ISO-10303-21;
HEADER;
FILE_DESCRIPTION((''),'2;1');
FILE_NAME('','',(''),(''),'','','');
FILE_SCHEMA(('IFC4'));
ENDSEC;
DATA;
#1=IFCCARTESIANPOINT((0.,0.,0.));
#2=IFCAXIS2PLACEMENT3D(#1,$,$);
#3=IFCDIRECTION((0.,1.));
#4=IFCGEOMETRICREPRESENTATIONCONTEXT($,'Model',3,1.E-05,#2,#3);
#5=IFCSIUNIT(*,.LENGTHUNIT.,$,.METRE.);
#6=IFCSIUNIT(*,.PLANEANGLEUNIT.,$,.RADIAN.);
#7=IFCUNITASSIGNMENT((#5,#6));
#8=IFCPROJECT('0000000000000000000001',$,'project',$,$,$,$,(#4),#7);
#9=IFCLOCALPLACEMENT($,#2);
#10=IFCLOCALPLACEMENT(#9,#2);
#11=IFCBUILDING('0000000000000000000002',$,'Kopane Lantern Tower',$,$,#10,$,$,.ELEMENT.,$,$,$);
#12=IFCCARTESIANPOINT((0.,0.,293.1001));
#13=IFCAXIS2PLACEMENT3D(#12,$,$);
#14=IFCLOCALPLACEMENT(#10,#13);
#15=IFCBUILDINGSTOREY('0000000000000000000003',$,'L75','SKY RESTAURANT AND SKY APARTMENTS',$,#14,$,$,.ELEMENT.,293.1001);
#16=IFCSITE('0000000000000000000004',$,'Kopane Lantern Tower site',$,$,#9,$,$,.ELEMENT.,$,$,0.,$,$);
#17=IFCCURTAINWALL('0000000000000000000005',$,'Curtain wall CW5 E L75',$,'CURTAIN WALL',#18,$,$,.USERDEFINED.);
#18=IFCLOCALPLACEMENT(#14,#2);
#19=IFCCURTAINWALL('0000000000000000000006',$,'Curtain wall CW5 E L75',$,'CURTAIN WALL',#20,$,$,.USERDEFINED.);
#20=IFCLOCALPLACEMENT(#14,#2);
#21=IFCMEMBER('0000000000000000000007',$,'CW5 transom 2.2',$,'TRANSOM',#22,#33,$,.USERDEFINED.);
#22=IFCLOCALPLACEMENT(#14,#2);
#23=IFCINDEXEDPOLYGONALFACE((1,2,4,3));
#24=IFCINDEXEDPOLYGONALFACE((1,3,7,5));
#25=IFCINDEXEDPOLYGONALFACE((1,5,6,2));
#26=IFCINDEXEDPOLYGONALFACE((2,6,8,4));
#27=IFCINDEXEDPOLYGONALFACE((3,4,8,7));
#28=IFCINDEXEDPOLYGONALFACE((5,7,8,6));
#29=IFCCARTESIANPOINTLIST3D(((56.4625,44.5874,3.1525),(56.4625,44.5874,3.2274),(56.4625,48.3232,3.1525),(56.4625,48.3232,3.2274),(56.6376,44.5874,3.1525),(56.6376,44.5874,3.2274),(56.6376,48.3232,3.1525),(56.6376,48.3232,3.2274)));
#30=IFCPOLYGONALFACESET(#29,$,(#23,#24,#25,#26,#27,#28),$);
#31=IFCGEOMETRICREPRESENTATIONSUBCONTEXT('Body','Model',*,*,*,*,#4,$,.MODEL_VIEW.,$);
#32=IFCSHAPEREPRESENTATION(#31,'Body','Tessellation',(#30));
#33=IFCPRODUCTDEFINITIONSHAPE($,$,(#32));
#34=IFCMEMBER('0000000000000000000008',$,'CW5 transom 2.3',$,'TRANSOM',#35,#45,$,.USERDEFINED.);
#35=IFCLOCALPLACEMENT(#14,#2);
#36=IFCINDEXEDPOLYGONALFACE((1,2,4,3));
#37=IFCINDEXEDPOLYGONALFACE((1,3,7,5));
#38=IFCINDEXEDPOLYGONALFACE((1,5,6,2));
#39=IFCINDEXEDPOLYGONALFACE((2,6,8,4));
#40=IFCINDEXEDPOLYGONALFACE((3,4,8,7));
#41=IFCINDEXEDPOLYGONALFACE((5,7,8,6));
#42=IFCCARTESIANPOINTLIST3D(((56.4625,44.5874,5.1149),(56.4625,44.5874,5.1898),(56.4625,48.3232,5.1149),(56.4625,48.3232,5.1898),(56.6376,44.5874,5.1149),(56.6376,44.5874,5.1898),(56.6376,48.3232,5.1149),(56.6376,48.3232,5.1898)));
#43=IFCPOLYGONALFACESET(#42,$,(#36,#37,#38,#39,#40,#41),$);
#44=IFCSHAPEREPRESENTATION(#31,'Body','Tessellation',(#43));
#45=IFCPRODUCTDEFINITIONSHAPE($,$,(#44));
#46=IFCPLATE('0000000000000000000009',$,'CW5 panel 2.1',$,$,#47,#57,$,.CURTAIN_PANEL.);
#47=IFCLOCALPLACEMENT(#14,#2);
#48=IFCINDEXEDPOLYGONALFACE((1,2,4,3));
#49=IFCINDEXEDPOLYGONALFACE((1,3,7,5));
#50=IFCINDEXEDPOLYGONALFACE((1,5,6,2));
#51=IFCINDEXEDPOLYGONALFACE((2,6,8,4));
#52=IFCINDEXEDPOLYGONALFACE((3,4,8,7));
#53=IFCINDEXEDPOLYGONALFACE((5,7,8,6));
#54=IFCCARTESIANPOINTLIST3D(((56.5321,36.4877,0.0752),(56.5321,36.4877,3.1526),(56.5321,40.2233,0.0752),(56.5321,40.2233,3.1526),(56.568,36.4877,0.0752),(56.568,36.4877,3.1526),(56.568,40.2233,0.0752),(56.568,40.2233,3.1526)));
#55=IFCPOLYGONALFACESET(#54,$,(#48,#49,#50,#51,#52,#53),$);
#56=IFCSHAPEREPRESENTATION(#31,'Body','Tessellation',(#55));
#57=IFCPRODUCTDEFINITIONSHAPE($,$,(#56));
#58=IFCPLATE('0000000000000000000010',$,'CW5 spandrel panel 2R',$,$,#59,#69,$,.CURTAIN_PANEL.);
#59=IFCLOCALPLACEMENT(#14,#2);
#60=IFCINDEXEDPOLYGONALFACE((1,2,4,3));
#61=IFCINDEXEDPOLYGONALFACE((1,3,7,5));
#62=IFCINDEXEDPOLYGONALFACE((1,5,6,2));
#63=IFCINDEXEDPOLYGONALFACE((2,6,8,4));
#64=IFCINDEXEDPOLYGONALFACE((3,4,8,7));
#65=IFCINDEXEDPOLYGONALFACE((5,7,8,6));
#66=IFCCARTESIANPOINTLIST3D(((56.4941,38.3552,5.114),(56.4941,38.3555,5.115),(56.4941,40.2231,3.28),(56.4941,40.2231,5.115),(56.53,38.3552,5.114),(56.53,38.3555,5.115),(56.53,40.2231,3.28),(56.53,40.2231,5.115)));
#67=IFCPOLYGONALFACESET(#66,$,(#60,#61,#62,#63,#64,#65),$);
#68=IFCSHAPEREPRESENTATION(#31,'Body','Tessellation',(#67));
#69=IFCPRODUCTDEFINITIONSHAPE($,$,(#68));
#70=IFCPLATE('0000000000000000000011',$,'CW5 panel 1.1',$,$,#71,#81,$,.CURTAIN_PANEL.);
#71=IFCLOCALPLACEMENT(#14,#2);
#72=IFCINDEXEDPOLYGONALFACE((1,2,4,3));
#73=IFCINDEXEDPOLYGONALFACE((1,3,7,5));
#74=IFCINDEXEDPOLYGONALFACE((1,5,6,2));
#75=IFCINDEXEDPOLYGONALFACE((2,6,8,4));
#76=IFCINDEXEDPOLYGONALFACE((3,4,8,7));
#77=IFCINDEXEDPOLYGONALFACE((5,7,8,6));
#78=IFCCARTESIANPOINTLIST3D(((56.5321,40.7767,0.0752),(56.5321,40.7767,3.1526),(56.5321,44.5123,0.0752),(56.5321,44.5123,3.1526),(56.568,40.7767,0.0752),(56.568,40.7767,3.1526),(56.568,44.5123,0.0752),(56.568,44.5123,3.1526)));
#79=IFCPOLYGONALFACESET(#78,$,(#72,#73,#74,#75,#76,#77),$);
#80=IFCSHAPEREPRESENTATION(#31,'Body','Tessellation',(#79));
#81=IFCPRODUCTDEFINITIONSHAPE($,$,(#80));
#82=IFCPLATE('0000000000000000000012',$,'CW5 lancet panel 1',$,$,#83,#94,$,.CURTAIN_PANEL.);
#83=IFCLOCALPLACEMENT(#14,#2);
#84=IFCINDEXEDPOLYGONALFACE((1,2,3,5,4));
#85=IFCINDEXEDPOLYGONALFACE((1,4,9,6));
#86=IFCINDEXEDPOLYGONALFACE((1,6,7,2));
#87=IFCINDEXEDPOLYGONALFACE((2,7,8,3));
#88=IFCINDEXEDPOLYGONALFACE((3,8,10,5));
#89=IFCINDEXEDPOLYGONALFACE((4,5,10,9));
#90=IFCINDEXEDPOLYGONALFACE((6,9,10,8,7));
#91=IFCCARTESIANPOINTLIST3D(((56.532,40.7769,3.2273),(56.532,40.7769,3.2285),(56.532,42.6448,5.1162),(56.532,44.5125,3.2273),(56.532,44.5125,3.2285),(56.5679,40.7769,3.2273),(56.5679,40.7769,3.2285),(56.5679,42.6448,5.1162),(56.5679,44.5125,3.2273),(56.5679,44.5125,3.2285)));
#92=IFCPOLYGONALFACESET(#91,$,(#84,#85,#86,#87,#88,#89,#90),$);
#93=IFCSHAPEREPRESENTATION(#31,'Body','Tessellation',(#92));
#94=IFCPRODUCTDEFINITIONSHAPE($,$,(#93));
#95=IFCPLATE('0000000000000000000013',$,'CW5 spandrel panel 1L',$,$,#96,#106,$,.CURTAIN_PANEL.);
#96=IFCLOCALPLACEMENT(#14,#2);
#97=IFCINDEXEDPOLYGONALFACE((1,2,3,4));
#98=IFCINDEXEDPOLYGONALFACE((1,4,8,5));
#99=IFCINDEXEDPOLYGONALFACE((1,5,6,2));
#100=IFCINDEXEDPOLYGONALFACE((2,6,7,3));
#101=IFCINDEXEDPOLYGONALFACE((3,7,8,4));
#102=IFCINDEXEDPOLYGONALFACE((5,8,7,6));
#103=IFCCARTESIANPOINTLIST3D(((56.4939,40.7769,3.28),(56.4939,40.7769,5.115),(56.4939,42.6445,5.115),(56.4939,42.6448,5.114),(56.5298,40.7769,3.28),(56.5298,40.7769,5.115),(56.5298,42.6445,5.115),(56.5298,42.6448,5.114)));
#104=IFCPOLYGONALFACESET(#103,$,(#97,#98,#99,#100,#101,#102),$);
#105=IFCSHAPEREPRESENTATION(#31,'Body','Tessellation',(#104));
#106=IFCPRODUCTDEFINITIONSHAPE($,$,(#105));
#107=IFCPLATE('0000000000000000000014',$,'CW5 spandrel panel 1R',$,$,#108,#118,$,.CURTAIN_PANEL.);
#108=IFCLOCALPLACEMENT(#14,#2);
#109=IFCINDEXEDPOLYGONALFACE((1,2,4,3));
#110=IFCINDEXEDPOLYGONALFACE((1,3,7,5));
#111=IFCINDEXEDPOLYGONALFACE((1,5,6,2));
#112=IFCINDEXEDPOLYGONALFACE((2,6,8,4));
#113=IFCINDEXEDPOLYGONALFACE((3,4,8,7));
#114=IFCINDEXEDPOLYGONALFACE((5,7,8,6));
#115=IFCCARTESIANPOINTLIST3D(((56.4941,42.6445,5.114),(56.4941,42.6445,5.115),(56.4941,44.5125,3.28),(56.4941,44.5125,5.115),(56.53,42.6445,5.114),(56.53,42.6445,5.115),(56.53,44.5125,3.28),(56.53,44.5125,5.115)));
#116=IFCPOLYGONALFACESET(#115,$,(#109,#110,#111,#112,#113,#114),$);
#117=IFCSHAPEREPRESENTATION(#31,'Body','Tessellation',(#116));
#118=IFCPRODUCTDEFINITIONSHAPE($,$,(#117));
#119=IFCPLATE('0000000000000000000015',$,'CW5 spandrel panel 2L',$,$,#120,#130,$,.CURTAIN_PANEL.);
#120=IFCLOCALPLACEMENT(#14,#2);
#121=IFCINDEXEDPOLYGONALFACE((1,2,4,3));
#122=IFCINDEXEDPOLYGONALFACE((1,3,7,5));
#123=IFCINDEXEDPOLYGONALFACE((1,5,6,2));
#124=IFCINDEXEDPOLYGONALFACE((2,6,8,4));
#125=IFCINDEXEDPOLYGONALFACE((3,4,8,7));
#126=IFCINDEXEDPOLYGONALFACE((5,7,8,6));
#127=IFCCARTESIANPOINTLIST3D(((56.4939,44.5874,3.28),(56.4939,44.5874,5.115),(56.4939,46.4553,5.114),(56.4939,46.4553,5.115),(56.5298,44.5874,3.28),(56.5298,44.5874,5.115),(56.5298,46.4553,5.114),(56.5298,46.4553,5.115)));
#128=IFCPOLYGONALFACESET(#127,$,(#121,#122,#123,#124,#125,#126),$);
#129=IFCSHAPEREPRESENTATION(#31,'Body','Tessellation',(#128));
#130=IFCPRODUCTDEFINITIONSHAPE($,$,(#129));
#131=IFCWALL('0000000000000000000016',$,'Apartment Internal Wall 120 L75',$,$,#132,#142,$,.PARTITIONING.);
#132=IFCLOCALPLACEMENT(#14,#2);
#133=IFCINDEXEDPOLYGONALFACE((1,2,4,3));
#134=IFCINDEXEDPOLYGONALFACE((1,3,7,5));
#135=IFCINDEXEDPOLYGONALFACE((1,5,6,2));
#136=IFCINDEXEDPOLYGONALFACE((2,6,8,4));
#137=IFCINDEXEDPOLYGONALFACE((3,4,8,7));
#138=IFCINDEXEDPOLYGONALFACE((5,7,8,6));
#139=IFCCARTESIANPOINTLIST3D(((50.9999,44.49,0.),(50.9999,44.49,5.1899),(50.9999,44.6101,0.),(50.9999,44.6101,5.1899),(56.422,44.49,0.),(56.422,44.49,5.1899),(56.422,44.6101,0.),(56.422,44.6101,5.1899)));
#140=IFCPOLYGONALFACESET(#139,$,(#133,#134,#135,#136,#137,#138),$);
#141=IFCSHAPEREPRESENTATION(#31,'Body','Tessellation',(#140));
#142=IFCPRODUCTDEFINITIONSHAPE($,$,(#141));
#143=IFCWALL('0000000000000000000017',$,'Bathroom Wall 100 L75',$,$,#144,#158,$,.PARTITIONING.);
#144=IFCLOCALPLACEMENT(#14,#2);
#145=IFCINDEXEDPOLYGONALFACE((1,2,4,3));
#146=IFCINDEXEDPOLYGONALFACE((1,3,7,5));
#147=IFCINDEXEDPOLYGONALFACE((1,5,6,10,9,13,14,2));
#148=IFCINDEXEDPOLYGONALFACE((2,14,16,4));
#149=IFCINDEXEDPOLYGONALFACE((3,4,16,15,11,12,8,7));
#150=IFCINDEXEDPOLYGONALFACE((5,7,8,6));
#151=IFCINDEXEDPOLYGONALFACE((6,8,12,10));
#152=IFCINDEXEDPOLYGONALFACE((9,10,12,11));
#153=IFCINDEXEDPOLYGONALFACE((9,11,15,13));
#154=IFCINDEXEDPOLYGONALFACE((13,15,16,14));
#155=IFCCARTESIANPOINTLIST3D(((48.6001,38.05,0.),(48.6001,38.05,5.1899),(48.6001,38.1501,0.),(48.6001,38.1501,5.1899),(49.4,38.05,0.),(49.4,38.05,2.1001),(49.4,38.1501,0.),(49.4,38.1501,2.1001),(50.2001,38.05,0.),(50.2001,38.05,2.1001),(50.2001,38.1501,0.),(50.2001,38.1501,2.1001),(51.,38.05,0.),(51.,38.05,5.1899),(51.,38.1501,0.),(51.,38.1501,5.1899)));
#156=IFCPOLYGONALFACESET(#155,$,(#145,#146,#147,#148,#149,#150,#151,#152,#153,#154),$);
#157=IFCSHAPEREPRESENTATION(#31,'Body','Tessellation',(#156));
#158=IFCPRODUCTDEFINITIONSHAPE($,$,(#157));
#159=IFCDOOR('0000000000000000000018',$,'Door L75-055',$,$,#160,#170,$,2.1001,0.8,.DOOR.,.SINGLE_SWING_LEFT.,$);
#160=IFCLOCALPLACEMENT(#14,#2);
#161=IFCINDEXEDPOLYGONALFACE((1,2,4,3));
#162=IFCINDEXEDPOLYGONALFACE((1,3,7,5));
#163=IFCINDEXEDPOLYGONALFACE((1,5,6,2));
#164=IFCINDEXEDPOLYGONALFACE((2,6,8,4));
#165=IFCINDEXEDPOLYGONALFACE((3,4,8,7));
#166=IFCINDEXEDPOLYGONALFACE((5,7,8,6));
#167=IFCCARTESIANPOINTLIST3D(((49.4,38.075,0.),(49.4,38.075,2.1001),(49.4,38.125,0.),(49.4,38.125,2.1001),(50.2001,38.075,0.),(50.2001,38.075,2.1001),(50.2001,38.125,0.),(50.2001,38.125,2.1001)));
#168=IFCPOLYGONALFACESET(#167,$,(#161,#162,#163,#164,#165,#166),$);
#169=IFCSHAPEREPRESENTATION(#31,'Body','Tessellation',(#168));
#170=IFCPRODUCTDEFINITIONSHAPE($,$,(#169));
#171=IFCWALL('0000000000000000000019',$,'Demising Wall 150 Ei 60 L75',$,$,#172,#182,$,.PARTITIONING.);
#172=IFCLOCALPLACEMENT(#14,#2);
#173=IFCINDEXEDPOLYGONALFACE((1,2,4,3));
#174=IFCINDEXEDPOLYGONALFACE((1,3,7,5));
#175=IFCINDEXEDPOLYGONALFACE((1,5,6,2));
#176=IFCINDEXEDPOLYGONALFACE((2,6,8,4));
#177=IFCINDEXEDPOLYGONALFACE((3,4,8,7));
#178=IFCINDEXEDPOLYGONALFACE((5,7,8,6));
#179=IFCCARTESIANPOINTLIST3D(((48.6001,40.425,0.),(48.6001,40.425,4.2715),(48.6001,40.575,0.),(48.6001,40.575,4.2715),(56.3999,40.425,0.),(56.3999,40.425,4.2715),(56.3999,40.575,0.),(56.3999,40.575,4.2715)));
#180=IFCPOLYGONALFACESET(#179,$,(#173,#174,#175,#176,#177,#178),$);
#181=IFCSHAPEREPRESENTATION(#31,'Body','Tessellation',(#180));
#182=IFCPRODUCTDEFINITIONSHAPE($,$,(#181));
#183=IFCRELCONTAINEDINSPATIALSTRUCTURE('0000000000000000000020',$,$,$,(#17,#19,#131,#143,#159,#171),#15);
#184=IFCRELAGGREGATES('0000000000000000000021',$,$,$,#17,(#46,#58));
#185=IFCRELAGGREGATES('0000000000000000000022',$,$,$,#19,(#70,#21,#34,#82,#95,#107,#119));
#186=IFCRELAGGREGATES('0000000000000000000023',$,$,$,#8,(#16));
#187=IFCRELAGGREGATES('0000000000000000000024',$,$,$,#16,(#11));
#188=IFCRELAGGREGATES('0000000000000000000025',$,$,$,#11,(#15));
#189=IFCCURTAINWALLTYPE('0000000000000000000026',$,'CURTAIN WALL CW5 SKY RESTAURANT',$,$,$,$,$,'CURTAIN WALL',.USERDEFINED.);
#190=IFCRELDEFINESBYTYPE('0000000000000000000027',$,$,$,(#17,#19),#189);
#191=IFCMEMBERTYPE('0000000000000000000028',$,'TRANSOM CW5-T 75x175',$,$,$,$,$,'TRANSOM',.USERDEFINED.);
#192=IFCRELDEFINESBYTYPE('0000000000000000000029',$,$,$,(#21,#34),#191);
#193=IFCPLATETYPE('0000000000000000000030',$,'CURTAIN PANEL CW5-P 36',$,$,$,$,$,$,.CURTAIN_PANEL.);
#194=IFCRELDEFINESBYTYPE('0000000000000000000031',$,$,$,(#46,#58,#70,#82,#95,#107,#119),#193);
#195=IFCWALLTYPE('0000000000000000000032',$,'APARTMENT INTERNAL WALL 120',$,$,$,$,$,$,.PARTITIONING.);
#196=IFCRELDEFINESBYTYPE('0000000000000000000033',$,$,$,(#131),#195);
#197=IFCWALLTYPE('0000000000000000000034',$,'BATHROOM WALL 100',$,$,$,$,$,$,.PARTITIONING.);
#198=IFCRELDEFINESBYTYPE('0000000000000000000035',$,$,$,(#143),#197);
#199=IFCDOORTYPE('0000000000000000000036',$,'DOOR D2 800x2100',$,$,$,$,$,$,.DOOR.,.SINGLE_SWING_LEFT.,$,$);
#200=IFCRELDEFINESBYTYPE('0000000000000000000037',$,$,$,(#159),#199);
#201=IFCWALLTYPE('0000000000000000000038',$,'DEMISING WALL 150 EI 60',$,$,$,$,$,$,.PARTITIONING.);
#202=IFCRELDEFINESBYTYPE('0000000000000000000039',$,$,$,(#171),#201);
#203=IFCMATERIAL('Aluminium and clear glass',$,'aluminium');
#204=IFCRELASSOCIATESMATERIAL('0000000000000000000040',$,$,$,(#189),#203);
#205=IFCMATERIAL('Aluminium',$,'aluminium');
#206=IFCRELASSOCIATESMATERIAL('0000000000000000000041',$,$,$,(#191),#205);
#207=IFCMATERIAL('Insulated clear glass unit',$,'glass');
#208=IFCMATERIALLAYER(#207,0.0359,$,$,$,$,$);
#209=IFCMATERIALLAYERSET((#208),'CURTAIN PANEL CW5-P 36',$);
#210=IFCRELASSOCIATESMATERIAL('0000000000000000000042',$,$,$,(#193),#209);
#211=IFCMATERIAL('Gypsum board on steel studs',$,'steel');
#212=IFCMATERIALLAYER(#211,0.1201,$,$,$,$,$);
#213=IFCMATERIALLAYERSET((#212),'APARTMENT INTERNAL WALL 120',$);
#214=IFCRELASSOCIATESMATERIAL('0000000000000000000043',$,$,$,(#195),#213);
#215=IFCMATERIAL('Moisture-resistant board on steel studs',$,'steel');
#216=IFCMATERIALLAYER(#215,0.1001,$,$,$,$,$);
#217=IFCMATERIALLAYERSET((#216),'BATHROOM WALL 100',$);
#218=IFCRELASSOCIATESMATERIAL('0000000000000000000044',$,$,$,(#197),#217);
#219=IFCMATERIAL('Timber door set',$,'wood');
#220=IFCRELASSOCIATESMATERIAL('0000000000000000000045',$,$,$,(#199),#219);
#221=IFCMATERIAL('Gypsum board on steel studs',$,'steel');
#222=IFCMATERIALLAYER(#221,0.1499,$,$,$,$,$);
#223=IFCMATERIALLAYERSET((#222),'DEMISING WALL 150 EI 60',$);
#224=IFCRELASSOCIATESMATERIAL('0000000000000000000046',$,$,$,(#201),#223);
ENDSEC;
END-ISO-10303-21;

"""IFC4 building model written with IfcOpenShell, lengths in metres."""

from ifc_helpers import new_model, si_unit, direction, frame, frame_2d, origin, origin_2d, place, context, subcontext, project, spatial, polyline, rectangle, outline, extrude, material, layer, layer_set, material_profile, profile_set, type_object, element, fill, aggregate, save


model = new_model("IFC4")

# Units and contexts
model_context = context("Model", 3, precision=1e-05, world=origin(), true_north=direction((0.0, 1.0)))
body_context = subcontext(model_context, "Body", "Model", "MODEL_VIEW")
ifc_project = project(units=[si_unit("LENGTHUNIT", "METRE"), si_unit("PLANEANGLEUNIT", "RADIAN")], contexts=[model_context])

# Site, building, storey
site_placement = place(None, origin())
site = spatial("IfcSite", under=ifc_project, at=site_placement, Name="Kopane Lantern Tower site", CompositionType="ELEMENT", RefElevation=0.0)
building_placement = place(site_placement, origin())
building = spatial("IfcBuilding", under=site, at=building_placement, Name="Kopane Lantern Tower", CompositionType="ELEMENT")
storey_placement = place(building_placement, frame((0.0, 0.0, 293.1001)))
storey = spatial("IfcBuildingStorey", under=building, at=storey_placement, Name="L75", Description="SKY RESTAURANT AND SKY APARTMENTS", CompositionType="ELEMENT", Elevation=293.1001)

# Curtain walls, members
ifc_material_1 = material(Name="Aluminium and clear glass", Category="aluminium")
curtain_wall_type = type_object("IfcCurtainWallType", Name="CURTAIN WALL CW5 SKY RESTAURANT", ElementType="CURTAIN WALL", PredefinedType="USERDEFINED", material=ifc_material_1)
curtain_wall_1_placement = place(storey_placement, origin())
curtain_wall_1 = element("IfcCurtainWall", 1, at=curtain_wall_1_placement, inside=storey, type_object=curtain_wall_type, Name="Curtain wall CW5 E L75", ObjectType="CURTAIN WALL", PredefinedType="USERDEFINED")
curtain_wall_2_placement = place(storey_placement, origin())
curtain_wall_2 = element("IfcCurtainWall", 2, at=curtain_wall_2_placement, inside=storey, type_object=curtain_wall_type, Name="Curtain wall CW5 E L75", ObjectType="CURTAIN WALL", PredefinedType="USERDEFINED")
ifc_material_2 = material(Name="Aluminium", Category="aluminium")
ifc_material_profile_1 = material_profile(ifc_material_2, rectangle(XDim=0.175, YDim=0.075, at=origin_2d()), Name="AL 175x75")
ifc_profile_set_1 = profile_set([ifc_material_profile_1], Name="Aluminium")
member_type_1 = type_object("IfcMemberType", Name="TRANSOM CW5-T 75x175", ElementType="TRANSOM", PredefinedType="USERDEFINED", material=ifc_profile_set_1)
member_1_placement = place(storey_placement, frame((56.55, 44.5874, 3.1899), z_axis=(0.0, 1.0, 0.0), x_axis=(-1.0, 0.0, 0.0)))
member_1 = element("IfcMember", 3, at=member_1_placement, type_object=member_type_1, Name="CW5 transom 2.2", ObjectType="TRANSOM", PredefinedType="USERDEFINED", context=body_context, shape_type="SweptSolid", body=[
    extrude(rectangle(XDim=0.175, YDim=0.075, at=origin_2d()), origin(), (0.0, 0.0, 1.0), 3.7358),
])
member_2_placement = place(storey_placement, frame((56.55, 44.5874, 5.1523), z_axis=(0.0, 1.0, 0.0), x_axis=(-1.0, 0.0, 0.0)))
member_2 = element("IfcMember", 4, at=member_2_placement, type_object=member_type_1, Name="CW5 transom 2.3", ObjectType="TRANSOM", PredefinedType="USERDEFINED", context=body_context, shape_type="SweptSolid", body=[
    extrude(rectangle(XDim=0.175, YDim=0.075, at=origin_2d()), origin(), (0.0, 0.0, 1.0), 3.7358),
])

# Plates
ifc_material_3 = material(Name="Insulated clear glass unit", Category="glass")
ifc_layer_1 = layer(ifc_material_3, 0.0359)
ifc_layer_set_1 = layer_set([ifc_layer_1], Name="CURTAIN PANEL CW5-P 36")
plate_type = type_object("IfcPlateType", Name="CURTAIN PANEL CW5-P 36", PredefinedType="CURTAIN_PANEL", material=ifc_layer_set_1)
plate_1_placement = place(storey_placement, frame((56.55, 38.3555, 0.0752), z_axis=(0.0, 0.0, 1.0), x_axis=(0.0, 1.0, 0.0)))
plate_1 = element("IfcPlate", 5, at=plate_1_placement, type_object=plate_type, Name="CW5 panel 2.1", PredefinedType="CURTAIN_PANEL", context=body_context, shape_type="SweptSolid", body=[
    extrude(rectangle(XDim=3.7356, YDim=0.0359, at=origin_2d()), origin(), (0.0, 0.0, 1.0), 3.0774),
])
plate_2_placement = place(storey_placement, frame((56.512, 40.2231, 5.115), z_axis=(0.0, 0.0, 1.0), x_axis=(0.0, -1.0, 0.0)))
plate_2 = element("IfcPlate", 6, at=plate_2_placement, type_object=plate_type, Name="CW5 spandrel panel 2R", PredefinedType="CURTAIN_PANEL", context=body_context, shape_type="SweptSolid", body=[
    extrude(outline(polyline([(0.0, 0.0), (1.8677, 0.0), (1.8679, -0.001), (0.0, -1.835), (0.0, 0.0)])), frame((0.0, 0.0181, 0.0), z_axis=(0.0, -1.0, 0.0), x_axis=(1.0, 0.0, 0.0)), (0.0, 0.0, 1.0), 0.0359),
])
aggregate(curtain_wall_1, [plate_1, plate_2])
plate_3_placement = place(storey_placement, frame((56.55, 42.6445, 0.0752), z_axis=(0.0, 0.0, 1.0), x_axis=(0.0, 1.0, 0.0)))
plate_3 = element("IfcPlate", 7, at=plate_3_placement, type_object=plate_type, Name="CW5 panel 1.1", PredefinedType="CURTAIN_PANEL", context=body_context, shape_type="SweptSolid", body=[
    extrude(rectangle(XDim=3.7356, YDim=0.0359, at=origin_2d()), origin(), (0.0, 0.0, 1.0), 3.0774),
])
plate_4_placement = place(storey_placement, frame((56.55, 40.7769, 3.2273), z_axis=(0.0, 0.0, 1.0), x_axis=(0.0, 1.0, 0.0)))
plate_4 = element("IfcPlate", 8, at=plate_4_placement, type_object=plate_type, Name="CW5 lancet panel 1", PredefinedType="CURTAIN_PANEL", context=body_context, shape_type="SweptSolid", body=[
    extrude(outline(polyline([(0.0, 0.0), (3.7356, 0.0), (3.7356, 0.0012), (1.8679, 1.8889), (0.0, 0.0012), (0.0, 0.0)])), frame((0.0, 0.0181, 0.0), z_axis=(0.0, -1.0, 0.0), x_axis=(1.0, 0.0, 0.0)), (0.0, 0.0, 1.0), 0.0359),
])
plate_5_placement = place(storey_placement, frame((56.512, 40.7769, 5.115), z_axis=(0.0, 0.0, 1.0), x_axis=(0.0, 1.0, 0.0)))
plate_5 = element("IfcPlate", 9, at=plate_5_placement, type_object=plate_type, Name="CW5 spandrel panel 1L", PredefinedType="CURTAIN_PANEL", context=body_context, shape_type="SweptSolid", body=[
    extrude(outline(polyline([(0.0, 0.0), (1.8677, 0.0), (1.8679, -0.001), (0.0, -1.835), (0.0, 0.0)])), frame((0.0, 0.0181, 0.0), z_axis=(0.0, -1.0, 0.0), x_axis=(1.0, 0.0, 0.0)), (0.0, 0.0, 1.0), 0.0359),
])
plate_6_placement = place(storey_placement, frame((56.512, 44.5125, 5.115), z_axis=(0.0, 0.0, 1.0), x_axis=(0.0, -1.0, 0.0)))
plate_6 = element("IfcPlate", 10, at=plate_6_placement, type_object=plate_type, Name="CW5 spandrel panel 1R", PredefinedType="CURTAIN_PANEL", context=body_context, shape_type="SweptSolid", body=[
    extrude(outline(polyline([(0.0, 0.0), (1.8679, 0.0), (1.8679, -0.001), (0.0, -1.835), (0.0, 0.0)])), frame((0.0, 0.0181, 0.0), z_axis=(0.0, -1.0, 0.0), x_axis=(1.0, 0.0, 0.0)), (0.0, 0.0, 1.0), 0.0359),
])
plate_7_placement = place(storey_placement, frame((56.512, 44.5874, 5.115), z_axis=(0.0, 0.0, 1.0), x_axis=(0.0, 1.0, 0.0)))
plate_7 = element("IfcPlate", 11, at=plate_7_placement, type_object=plate_type, Name="CW5 spandrel panel 2L", PredefinedType="CURTAIN_PANEL", context=body_context, shape_type="SweptSolid", body=[
    extrude(outline(polyline([(0.0, 0.0), (1.8679, 0.0), (1.8679, -0.001), (0.0, -1.835), (0.0, 0.0)])), frame((0.0, 0.0181, 0.0), z_axis=(0.0, -1.0, 0.0), x_axis=(1.0, 0.0, 0.0)), (0.0, 0.0, 1.0), 0.0359),
])
aggregate(curtain_wall_2, [plate_3, member_1, member_2, plate_4, plate_5, plate_6, plate_7])

# Wall
ifc_material_4 = material(Name="Gypsum board on steel studs", Category="steel")
ifc_layer_2 = layer(ifc_material_4, 0.1201)
ifc_layer_set_2 = layer_set([ifc_layer_2], Name="APARTMENT INTERNAL WALL 120")
wall_type_1 = type_object("IfcWallType", Name="APARTMENT INTERNAL WALL 120", PredefinedType="PARTITIONING", material=ifc_layer_set_2)
wall_1_placement = place(storey_placement, frame((51.0, 44.55, 0.0), z_axis=(0.0, 0.0, 1.0), x_axis=(1.0, 0.0, 0.0)))
element("IfcWall", 12, at=wall_1_placement, inside=storey, type_object=wall_type_1, Name="Apartment Internal Wall 120 L75", PredefinedType="PARTITIONING", context=body_context, shape_type="SweptSolid", body=[
    extrude(rectangle(XDim=5.4221, YDim=0.1201, at=frame_2d((2.7109, 0.0))), origin(), (0.0, 0.0, 1.0), 5.1899),
])

# Wall, opening, door
ifc_material_5 = material(Name="Moisture-resistant board on steel studs", Category="steel")
ifc_layer_3 = layer(ifc_material_5, 0.1001)
ifc_layer_set_3 = layer_set([ifc_layer_3], Name="BATHROOM WALL 100")
wall_type_2 = type_object("IfcWallType", Name="BATHROOM WALL 100", PredefinedType="PARTITIONING", material=ifc_layer_set_3)
wall_2_placement = place(storey_placement, frame((48.6001, 38.1001, 0.0), z_axis=(0.0, 0.0, 1.0), x_axis=(1.0, 0.0, 0.0)))
wall_2 = element("IfcWall", 13, at=wall_2_placement, inside=storey, type_object=wall_type_2, Name="Bathroom Wall 100 L75", PredefinedType="PARTITIONING", context=body_context, shape_type="SweptSolid", body=[
    extrude(rectangle(XDim=2.3999, YDim=0.1001, at=frame_2d((1.2, 0.0))), origin(), (0.0, 0.0, 1.0), 5.1899),
])
opening_placement = place(wall_2_placement, frame((0.8, 0.0, 0.0)))
opening = element("IfcOpeningElement", 14, at=opening_placement, cuts=wall_2, PredefinedType="OPENING", context=body_context, shape_type="SweptSolid", body=[
    extrude(rectangle(XDim=0.8, YDim=2.1001, at=frame_2d((0.3999, 1.05))), frame((0.0, 0.0601, 0.0), z_axis=(0.0, -1.0, 0.0), x_axis=(1.0, 0.0, 0.0)), (0.0, 0.0, 1.0), 0.1201),
])
ifc_material_6 = material(Name="Timber door set", Category="wood")
door_type = type_object("IfcDoorType", Name="DOOR D2 800x2100", OperationType="SINGLE_SWING_LEFT", PredefinedType="DOOR", material=ifc_material_6)
door_placement = place(opening_placement, origin())
door = element("IfcDoor", 15, at=door_placement, inside=storey, type_object=door_type, Name="Door L75-055", OperationType="SINGLE_SWING_LEFT", OverallHeight=2.1001, OverallWidth=0.8, PredefinedType="DOOR", context=body_context, shape_type="SweptSolid", body=[
    extrude(rectangle(XDim=0.8, YDim=2.1001, at=frame_2d((0.3999, 1.05))), frame((0.0, 0.0249, 0.0), z_axis=(0.0, -1.0, 0.0), x_axis=(1.0, 0.0, 0.0)), (0.0, 0.0, 1.0), 0.05),
])
fill(opening, door)

# Wall
ifc_material_7 = material(Name="Gypsum board on steel studs", Category="steel")
ifc_layer_4 = layer(ifc_material_7, 0.1499)
ifc_layer_set_4 = layer_set([ifc_layer_4], Name="DEMISING WALL 150 EI 60")
wall_type_3 = type_object("IfcWallType", Name="DEMISING WALL 150 EI 60", PredefinedType="PARTITIONING", material=ifc_layer_set_4)
wall_3_placement = place(storey_placement, frame((48.6001, 40.5, 0.0), z_axis=(0.0, 0.0, 1.0), x_axis=(1.0, 0.0, 0.0)))
element("IfcWall", 16, at=wall_3_placement, inside=storey, type_object=wall_type_3, Name="Demising Wall 150 Ei 60 L75", PredefinedType="PARTITIONING", context=body_context, shape_type="SweptSolid", body=[
    extrude(rectangle(XDim=7.7998, YDim=0.1499, at=frame_2d((3.8999, 0.0))), origin(), (0.0, 0.0, 1.0), 4.2715),
])

save(model, "model.ifc")
